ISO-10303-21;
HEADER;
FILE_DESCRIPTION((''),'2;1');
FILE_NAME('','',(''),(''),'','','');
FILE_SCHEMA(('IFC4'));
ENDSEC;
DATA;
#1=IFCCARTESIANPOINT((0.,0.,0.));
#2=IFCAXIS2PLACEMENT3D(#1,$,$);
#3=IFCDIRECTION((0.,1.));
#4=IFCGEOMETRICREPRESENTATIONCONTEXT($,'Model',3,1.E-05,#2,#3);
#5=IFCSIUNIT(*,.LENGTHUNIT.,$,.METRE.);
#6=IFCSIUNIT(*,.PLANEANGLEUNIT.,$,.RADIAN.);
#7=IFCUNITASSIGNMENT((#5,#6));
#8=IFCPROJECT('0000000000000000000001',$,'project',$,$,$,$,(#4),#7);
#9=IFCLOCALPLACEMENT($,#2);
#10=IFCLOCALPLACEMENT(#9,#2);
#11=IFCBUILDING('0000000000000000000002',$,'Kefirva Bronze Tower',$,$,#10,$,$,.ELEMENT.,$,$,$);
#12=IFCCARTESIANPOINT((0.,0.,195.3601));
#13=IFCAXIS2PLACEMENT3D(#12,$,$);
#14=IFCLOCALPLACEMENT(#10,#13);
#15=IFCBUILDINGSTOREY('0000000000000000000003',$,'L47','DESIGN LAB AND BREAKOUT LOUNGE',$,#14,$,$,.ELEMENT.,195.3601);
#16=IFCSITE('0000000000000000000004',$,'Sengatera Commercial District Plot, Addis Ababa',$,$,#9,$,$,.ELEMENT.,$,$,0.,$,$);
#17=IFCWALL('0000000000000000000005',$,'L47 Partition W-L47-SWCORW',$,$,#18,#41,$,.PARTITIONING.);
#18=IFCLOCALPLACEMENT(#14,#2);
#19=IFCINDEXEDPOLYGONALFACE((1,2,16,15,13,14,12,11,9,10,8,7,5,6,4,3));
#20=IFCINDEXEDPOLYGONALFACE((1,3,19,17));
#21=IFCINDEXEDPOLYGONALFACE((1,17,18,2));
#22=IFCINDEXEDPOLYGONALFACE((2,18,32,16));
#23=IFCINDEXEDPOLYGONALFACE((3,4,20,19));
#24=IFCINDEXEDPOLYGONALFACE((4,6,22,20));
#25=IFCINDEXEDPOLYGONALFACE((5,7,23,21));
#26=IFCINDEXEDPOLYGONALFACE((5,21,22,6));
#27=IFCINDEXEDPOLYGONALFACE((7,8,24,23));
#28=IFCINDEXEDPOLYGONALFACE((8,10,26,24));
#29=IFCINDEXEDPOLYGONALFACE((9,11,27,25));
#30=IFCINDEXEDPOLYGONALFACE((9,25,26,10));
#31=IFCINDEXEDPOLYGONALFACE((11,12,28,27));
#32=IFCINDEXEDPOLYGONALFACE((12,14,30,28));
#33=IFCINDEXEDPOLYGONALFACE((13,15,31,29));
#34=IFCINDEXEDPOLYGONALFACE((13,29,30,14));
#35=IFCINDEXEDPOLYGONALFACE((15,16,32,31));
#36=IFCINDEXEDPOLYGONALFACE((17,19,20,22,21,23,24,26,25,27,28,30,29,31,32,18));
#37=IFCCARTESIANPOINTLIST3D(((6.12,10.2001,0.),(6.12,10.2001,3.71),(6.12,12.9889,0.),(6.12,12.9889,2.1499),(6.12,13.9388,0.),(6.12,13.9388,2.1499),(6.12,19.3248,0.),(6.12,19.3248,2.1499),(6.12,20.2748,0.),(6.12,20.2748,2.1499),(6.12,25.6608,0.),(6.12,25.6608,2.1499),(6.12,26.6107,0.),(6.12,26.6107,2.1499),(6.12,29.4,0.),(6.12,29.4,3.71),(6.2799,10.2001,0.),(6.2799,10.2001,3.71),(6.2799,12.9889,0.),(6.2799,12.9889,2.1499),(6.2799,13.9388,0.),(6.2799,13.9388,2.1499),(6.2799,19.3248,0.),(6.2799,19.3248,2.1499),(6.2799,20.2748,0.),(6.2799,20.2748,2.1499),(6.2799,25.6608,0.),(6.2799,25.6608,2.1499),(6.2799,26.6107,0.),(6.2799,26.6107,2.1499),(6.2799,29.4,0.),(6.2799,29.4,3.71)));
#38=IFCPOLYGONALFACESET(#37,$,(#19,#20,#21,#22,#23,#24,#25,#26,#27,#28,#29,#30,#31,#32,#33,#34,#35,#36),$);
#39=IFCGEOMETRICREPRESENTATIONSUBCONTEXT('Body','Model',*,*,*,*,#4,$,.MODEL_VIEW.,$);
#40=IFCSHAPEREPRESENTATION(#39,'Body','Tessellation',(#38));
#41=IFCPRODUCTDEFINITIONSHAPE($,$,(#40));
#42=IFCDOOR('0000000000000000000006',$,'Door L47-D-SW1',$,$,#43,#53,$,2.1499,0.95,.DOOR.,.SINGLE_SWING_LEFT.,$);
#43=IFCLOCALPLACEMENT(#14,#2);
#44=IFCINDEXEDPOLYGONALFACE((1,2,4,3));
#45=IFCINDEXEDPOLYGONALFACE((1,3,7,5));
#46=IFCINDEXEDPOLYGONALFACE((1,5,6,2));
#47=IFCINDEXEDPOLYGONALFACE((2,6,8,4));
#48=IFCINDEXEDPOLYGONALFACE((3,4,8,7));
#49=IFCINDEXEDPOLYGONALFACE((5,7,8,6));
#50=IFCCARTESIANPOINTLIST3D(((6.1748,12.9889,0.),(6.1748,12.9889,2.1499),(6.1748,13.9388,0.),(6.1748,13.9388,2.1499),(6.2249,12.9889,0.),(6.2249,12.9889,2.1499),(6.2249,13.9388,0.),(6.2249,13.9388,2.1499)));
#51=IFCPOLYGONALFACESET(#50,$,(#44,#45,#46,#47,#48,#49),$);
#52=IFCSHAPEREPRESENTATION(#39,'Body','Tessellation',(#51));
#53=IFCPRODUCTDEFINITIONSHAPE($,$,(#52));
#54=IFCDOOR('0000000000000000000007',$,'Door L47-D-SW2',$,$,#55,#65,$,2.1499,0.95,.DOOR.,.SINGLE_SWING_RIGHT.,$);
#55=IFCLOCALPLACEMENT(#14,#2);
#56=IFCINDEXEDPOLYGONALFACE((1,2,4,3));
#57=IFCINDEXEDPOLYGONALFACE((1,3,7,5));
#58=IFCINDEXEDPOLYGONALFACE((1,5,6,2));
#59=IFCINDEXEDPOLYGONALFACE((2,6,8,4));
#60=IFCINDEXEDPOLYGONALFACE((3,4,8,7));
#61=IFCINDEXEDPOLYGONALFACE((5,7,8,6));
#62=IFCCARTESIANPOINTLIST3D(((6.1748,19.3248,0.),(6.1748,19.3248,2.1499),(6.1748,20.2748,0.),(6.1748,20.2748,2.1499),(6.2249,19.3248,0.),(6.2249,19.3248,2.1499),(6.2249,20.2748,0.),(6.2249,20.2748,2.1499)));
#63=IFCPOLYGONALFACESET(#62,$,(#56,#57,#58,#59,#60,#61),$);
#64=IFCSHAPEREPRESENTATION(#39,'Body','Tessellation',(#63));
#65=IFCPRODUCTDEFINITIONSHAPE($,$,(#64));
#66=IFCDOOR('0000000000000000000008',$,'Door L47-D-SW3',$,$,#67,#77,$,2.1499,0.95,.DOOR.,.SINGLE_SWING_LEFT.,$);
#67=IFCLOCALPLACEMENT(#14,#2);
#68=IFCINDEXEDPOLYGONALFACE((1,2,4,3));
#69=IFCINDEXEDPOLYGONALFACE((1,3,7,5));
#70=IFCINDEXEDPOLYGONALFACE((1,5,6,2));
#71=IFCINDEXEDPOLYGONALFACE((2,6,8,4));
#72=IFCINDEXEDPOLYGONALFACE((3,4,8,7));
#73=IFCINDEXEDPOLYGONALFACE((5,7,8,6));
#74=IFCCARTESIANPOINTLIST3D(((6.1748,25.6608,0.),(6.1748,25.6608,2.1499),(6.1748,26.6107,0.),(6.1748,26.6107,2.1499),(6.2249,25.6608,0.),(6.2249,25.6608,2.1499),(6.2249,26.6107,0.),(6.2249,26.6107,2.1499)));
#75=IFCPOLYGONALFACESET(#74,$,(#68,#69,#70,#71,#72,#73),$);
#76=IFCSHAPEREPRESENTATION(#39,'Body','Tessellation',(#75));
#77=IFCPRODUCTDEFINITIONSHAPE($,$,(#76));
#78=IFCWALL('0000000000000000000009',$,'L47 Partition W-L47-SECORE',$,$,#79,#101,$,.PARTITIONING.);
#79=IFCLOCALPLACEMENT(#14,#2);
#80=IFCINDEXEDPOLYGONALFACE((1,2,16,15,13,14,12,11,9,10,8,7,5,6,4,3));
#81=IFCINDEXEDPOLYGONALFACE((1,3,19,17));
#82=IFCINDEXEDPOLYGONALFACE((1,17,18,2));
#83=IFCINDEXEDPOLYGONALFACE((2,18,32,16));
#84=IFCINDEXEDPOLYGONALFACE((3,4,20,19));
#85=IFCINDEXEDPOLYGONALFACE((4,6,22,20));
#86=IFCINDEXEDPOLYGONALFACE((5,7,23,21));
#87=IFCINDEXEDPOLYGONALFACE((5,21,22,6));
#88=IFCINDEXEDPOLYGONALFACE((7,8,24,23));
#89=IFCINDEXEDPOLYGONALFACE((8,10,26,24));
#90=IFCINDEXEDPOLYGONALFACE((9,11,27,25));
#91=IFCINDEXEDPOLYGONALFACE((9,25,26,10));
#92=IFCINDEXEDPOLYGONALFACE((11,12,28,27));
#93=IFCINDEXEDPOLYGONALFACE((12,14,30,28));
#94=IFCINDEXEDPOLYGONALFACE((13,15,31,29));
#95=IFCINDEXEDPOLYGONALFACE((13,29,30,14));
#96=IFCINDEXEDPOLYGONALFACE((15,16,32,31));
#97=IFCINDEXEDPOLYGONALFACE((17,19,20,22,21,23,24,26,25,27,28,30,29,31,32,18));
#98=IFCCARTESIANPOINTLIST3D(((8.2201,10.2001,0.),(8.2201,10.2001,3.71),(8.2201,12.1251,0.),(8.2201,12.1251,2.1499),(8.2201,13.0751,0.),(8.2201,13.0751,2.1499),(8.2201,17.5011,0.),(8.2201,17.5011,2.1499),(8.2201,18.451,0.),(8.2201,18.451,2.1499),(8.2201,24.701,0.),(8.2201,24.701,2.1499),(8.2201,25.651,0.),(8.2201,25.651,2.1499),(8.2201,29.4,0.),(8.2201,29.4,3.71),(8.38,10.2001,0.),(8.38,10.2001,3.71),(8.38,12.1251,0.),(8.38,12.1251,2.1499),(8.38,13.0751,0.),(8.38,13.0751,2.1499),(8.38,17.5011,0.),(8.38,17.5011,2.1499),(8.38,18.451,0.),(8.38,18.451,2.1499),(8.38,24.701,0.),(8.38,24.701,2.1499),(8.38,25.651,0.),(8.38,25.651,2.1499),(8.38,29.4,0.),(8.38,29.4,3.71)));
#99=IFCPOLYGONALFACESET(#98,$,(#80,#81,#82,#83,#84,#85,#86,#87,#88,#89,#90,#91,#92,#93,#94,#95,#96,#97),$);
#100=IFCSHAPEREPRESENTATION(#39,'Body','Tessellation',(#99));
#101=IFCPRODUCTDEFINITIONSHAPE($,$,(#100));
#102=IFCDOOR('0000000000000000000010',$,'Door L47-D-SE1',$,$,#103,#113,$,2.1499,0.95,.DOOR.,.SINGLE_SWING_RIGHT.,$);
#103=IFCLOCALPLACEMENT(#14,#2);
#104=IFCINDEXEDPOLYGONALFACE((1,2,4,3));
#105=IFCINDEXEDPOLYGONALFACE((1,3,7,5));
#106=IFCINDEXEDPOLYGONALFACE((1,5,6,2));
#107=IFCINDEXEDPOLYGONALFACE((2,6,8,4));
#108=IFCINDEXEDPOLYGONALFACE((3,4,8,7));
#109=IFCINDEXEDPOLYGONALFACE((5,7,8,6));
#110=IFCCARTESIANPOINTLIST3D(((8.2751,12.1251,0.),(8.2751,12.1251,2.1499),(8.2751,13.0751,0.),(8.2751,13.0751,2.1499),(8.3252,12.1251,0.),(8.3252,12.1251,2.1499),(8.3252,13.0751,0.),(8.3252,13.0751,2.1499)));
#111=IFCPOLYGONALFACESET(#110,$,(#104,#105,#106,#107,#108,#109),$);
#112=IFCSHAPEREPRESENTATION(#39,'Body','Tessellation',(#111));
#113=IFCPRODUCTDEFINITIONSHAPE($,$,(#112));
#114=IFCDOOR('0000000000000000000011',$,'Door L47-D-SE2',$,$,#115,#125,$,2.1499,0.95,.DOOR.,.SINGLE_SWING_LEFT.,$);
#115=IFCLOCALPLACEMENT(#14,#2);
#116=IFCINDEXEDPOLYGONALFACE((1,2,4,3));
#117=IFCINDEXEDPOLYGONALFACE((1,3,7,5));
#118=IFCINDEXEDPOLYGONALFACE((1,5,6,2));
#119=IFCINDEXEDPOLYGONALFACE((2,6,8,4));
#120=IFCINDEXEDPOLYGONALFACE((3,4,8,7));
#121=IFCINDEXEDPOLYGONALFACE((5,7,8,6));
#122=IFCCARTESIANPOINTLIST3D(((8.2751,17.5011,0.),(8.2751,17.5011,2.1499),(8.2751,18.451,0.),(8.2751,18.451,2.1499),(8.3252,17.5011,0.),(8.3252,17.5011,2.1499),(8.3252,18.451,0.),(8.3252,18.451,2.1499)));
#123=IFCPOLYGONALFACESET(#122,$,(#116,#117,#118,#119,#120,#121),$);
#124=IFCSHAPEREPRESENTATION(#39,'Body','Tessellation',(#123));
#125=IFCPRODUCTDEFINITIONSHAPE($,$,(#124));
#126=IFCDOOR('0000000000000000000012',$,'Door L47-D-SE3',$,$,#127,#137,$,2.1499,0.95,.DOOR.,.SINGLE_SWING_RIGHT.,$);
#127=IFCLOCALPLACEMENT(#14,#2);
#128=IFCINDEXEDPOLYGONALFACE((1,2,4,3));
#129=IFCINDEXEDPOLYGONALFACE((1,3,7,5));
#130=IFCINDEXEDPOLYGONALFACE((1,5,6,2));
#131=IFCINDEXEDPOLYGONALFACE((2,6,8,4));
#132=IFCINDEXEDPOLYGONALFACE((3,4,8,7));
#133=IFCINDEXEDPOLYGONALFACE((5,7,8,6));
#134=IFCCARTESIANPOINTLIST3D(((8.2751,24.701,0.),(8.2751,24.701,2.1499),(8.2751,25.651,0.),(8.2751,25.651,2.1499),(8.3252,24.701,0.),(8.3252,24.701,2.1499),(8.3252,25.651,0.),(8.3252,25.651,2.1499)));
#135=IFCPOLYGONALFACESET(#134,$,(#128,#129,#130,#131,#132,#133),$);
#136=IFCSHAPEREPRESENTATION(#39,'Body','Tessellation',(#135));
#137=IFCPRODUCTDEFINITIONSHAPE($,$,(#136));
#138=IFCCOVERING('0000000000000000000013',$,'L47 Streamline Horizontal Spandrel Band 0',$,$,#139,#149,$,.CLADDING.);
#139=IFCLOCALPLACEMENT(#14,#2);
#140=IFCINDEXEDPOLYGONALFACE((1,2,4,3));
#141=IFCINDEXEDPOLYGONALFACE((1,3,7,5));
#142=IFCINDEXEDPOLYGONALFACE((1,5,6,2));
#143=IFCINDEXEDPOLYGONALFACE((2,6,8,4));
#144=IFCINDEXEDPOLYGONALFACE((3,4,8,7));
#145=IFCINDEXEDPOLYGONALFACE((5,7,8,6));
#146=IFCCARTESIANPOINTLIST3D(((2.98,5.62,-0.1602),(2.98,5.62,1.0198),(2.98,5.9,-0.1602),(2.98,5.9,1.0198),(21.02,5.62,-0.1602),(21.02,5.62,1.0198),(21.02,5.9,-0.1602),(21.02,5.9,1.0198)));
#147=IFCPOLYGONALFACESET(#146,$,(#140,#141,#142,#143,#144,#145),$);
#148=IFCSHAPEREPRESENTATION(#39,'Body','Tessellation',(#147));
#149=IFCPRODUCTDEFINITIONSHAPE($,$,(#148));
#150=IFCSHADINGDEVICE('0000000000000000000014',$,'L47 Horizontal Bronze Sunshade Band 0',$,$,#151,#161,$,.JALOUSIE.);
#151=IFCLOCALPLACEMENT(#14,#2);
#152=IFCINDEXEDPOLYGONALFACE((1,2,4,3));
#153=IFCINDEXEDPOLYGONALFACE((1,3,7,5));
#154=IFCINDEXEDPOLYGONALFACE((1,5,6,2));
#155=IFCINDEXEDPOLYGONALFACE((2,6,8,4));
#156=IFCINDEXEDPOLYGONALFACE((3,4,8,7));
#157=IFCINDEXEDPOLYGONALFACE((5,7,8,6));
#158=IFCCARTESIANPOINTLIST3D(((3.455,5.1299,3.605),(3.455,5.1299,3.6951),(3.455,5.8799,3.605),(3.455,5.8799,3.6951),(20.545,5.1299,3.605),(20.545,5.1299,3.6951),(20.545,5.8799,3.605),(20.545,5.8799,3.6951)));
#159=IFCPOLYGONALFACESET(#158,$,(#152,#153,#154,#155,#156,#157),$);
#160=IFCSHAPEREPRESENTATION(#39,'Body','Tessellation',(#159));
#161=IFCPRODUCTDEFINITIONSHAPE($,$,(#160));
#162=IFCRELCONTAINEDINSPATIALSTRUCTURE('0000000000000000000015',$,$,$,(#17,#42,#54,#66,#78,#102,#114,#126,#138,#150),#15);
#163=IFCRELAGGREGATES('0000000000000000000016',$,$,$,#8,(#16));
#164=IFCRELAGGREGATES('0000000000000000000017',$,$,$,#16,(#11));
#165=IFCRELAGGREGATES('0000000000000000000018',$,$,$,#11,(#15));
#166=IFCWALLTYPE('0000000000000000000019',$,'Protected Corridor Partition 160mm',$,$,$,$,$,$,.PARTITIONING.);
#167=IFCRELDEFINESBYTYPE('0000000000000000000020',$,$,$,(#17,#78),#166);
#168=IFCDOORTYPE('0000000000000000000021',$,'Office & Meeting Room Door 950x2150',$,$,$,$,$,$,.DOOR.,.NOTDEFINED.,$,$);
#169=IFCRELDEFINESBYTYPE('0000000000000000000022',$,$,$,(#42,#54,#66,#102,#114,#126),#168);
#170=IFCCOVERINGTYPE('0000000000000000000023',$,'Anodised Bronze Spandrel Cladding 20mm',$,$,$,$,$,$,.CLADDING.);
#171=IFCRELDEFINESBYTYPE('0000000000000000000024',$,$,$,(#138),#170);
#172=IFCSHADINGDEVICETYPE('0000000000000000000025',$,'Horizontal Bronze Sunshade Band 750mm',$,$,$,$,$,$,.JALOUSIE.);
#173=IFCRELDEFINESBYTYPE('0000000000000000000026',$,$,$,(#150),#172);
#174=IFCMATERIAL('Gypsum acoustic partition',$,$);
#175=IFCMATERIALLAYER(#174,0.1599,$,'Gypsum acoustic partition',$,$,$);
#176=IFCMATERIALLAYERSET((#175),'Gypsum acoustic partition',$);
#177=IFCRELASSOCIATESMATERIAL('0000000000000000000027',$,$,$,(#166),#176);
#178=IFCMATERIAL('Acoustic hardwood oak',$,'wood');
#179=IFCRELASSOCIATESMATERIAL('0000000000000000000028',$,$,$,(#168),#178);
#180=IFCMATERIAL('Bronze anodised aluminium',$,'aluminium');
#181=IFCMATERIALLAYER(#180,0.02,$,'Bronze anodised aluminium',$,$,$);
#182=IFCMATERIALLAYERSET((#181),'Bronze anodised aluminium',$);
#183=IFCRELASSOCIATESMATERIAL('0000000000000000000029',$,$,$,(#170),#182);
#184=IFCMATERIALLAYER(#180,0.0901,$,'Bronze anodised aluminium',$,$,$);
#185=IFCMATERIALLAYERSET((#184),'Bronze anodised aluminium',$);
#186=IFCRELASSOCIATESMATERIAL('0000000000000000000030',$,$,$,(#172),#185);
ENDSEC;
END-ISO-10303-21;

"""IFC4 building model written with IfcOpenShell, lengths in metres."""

from ifc_helpers import new_model, si_unit, direction, frame, frame_2d, origin, origin_2d, place, context, subcontext, project, spatial, rectangle, extrude, material, layer, layer_set, type_object, element, fill, save


model = new_model("IFC4")

# Units and contexts
model_context = context("Model", 3, precision=1e-05, world=origin(), true_north=direction((0.0, 1.0)))
body_context = subcontext(model_context, "Body", "Model", "MODEL_VIEW")
ifc_project = project(units=[si_unit("LENGTHUNIT", "METRE"), si_unit("PLANEANGLEUNIT", "RADIAN")], contexts=[model_context])

# Site, building, storey
site_placement = place(None, origin())
site = spatial("IfcSite", under=ifc_project, at=site_placement, Name="Sengatera Commercial District Plot, Addis Ababa", CompositionType="ELEMENT", RefElevation=0.0)
building_placement = place(site_placement, origin())
building = spatial("IfcBuilding", under=site, at=building_placement, Name="Kefirva Bronze Tower", CompositionType="ELEMENT")
storey_placement = place(building_placement, frame((0.0, 0.0, 195.3601)))
storey = spatial("IfcBuildingStorey", under=building, at=storey_placement, Name="L47", Description="DESIGN LAB AND BREAKOUT LOUNGE", CompositionType="ELEMENT", Elevation=195.3601)

# Shared definitions
ifc_material_1 = material(Name="Bronze anodised aluminium", Category="aluminium")

# Shared definitions
ifc_material_2 = material(Name="Gypsum acoustic partition")

# Walls, openings, doors
ifc_layer_1 = layer(ifc_material_2, 0.1599, Name="Gypsum acoustic partition")
ifc_layer_set_1 = layer_set([ifc_layer_1], Name="Gypsum acoustic partition")
wall_type_1 = type_object("IfcWallType", Name="Protected Corridor Partition 160mm", PredefinedType="PARTITIONING", material=ifc_layer_set_1)
wall_1_placement = place(storey_placement, frame((6.2, 10.2, 0.0), z_axis=(0.0, 0.0, 1.0), x_axis=(0.0, 1.0, 0.0)))
wall_1 = element("IfcWall", 1, at=wall_1_placement, inside=storey, type_object=wall_type_1, Name="L47 Partition W-L47-SWCORW", PredefinedType="PARTITIONING", context=body_context, shape_type="SweptSolid", body=[
    extrude(rectangle(XDim=19.2, YDim=0.1599, at=frame_2d((9.6001, 0.0))), origin(), (0.0, 0.0, 1.0), 3.71),
])
opening_1_placement = place(wall_1_placement, frame((3.739, 0.0, 0.0), z_axis=(0.0, 0.0, 1.0), x_axis=(-1.0, 0.0, 0.0)))
opening_1 = element("IfcOpeningElement", 2, at=opening_1_placement, cuts=wall_1, PredefinedType="OPENING", context=body_context, shape_type="SweptSolid", body=[
    extrude(rectangle(XDim=0.95, YDim=2.1499, at=frame_2d((0.4751, 1.075))), frame((0.0, 0.0898, 0.0), z_axis=(0.0, -1.0, 0.0), x_axis=(1.0, 0.0, 0.0)), (0.0, 0.0, 1.0), 0.1799),
])
opening_2_placement = place(wall_1_placement, frame((10.075, 0.0, 0.0), z_axis=(0.0, 0.0, 1.0), x_axis=(-1.0, 0.0, 0.0)))
opening_2 = element("IfcOpeningElement", 3, at=opening_2_placement, cuts=wall_1, PredefinedType="OPENING", context=body_context, shape_type="SweptSolid", body=[
    extrude(rectangle(XDim=0.95, YDim=2.1499, at=frame_2d((0.4751, 1.075))), frame((0.0, 0.0898, 0.0), z_axis=(0.0, -1.0, 0.0), x_axis=(1.0, 0.0, 0.0)), (0.0, 0.0, 1.0), 0.1799),
])
opening_3_placement = place(wall_1_placement, frame((16.4109, 0.0, 0.0), z_axis=(0.0, 0.0, 1.0), x_axis=(-1.0, 0.0, 0.0)))
opening_3 = element("IfcOpeningElement", 4, at=opening_3_placement, cuts=wall_1, PredefinedType="OPENING", context=body_context, shape_type="SweptSolid", body=[
    extrude(rectangle(XDim=0.95, YDim=2.1499, at=frame_2d((0.4751, 1.075))), frame((0.0, 0.0898, 0.0), z_axis=(0.0, -1.0, 0.0), x_axis=(1.0, 0.0, 0.0)), (0.0, 0.0, 1.0), 0.1799),
])
ifc_material_3 = material(Name="Acoustic hardwood oak", Category="wood")
door_type = type_object("IfcDoorType", Name="Office & Meeting Room Door 950x2150", OperationType="NOTDEFINED", PredefinedType="DOOR", material=ifc_material_3)
door_1_placement = place(opening_1_placement, origin())
door_1 = element("IfcDoor", 5, at=door_1_placement, inside=storey, type_object=door_type, Name="Door L47-D-SW1", OperationType="SINGLE_SWING_LEFT", OverallHeight=2.1499, OverallWidth=0.95, PredefinedType="DOOR", context=body_context, shape_type="SweptSolid", body=[
    extrude(rectangle(XDim=0.95, YDim=2.1499, at=frame_2d((0.4751, 1.075))), frame((0.0, 0.0249, 0.0), z_axis=(0.0, -1.0, 0.0), x_axis=(1.0, 0.0, 0.0)), (0.0, 0.0, 1.0), 0.05),
])
fill(opening_1, door_1)
door_2_placement = place(opening_2_placement, origin())
door_2 = element("IfcDoor", 6, at=door_2_placement, inside=storey, type_object=door_type, Name="Door L47-D-SW2", OperationType="SINGLE_SWING_RIGHT", OverallHeight=2.1499, OverallWidth=0.95, PredefinedType="DOOR", context=body_context, shape_type="SweptSolid", body=[
    extrude(rectangle(XDim=0.95, YDim=2.1499, at=frame_2d((0.4751, 1.075))), frame((0.0, 0.0249, 0.0), z_axis=(0.0, -1.0, 0.0), x_axis=(1.0, 0.0, 0.0)), (0.0, 0.0, 1.0), 0.05),
])
fill(opening_2, door_2)
door_3_placement = place(opening_3_placement, origin())
door_3 = element("IfcDoor", 7, at=door_3_placement, inside=storey, type_object=door_type, Name="Door L47-D-SW3", OperationType="SINGLE_SWING_LEFT", OverallHeight=2.1499, OverallWidth=0.95, PredefinedType="DOOR", context=body_context, shape_type="SweptSolid", body=[
    extrude(rectangle(XDim=0.95, YDim=2.1499, at=frame_2d((0.4751, 1.075))), frame((0.0, 0.0249, 0.0), z_axis=(0.0, -1.0, 0.0), x_axis=(1.0, 0.0, 0.0)), (0.0, 0.0, 1.0), 0.05),
])
fill(opening_3, door_3)
wall_2_placement = place(storey_placement, frame((8.3, 10.2, 0.0), z_axis=(0.0, 0.0, 1.0), x_axis=(0.0, 1.0, 0.0)))
wall_2 = element("IfcWall", 8, at=wall_2_placement, inside=storey, type_object=wall_type_1, Name="L47 Partition W-L47-SECORE", PredefinedType="PARTITIONING", context=body_context, shape_type="SweptSolid", body=[
    extrude(rectangle(XDim=19.2, YDim=0.1599, at=frame_2d((9.6001, 0.0))), origin(), (0.0, 0.0, 1.0), 3.71),
])
opening_4_placement = place(wall_2_placement, frame((1.925, 0.0, 0.0)))
opening_4 = element("IfcOpeningElement", 9, at=opening_4_placement, cuts=wall_2, PredefinedType="OPENING", context=body_context, shape_type="SweptSolid", body=[
    extrude(rectangle(XDim=0.95, YDim=2.1499, at=frame_2d((0.4751, 1.075))), frame((0.0, 0.0898, 0.0), z_axis=(0.0, -1.0, 0.0), x_axis=(1.0, 0.0, 0.0)), (0.0, 0.0, 1.0), 0.1799),
])
opening_5_placement = place(wall_2_placement, frame((7.301, 0.0, 0.0)))
opening_5 = element("IfcOpeningElement", 10, at=opening_5_placement, cuts=wall_2, PredefinedType="OPENING", context=body_context, shape_type="SweptSolid", body=[
    extrude(rectangle(XDim=0.95, YDim=2.1499, at=frame_2d((0.4751, 1.075))), frame((0.0, 0.0898, 0.0), z_axis=(0.0, -1.0, 0.0), x_axis=(1.0, 0.0, 0.0)), (0.0, 0.0, 1.0), 0.1799),
])
opening_6_placement = place(wall_2_placement, frame((14.501, 0.0, 0.0)))
opening_6 = element("IfcOpeningElement", 11, at=opening_6_placement, cuts=wall_2, PredefinedType="OPENING", context=body_context, shape_type="SweptSolid", body=[
    extrude(rectangle(XDim=0.95, YDim=2.1499, at=frame_2d((0.4751, 1.075))), frame((0.0, 0.0898, 0.0), z_axis=(0.0, -1.0, 0.0), x_axis=(1.0, 0.0, 0.0)), (0.0, 0.0, 1.0), 0.1799),
])
door_4_placement = place(opening_4_placement, origin())
door_4 = element("IfcDoor", 12, at=door_4_placement, inside=storey, type_object=door_type, Name="Door L47-D-SE1", OperationType="SINGLE_SWING_RIGHT", OverallHeight=2.1499, OverallWidth=0.95, PredefinedType="DOOR", context=body_context, shape_type="SweptSolid", body=[
    extrude(rectangle(XDim=0.95, YDim=2.1499, at=frame_2d((0.4751, 1.075))), frame((0.0, 0.0249, 0.0), z_axis=(0.0, -1.0, 0.0), x_axis=(1.0, 0.0, 0.0)), (0.0, 0.0, 1.0), 0.05),
])
fill(opening_4, door_4)
door_5_placement = place(opening_5_placement, origin())
door_5 = element("IfcDoor", 13, at=door_5_placement, inside=storey, type_object=door_type, Name="Door L47-D-SE2", OperationType="SINGLE_SWING_LEFT", OverallHeight=2.1499, OverallWidth=0.95, PredefinedType="DOOR", context=body_context, shape_type="SweptSolid", body=[
    extrude(rectangle(XDim=0.95, YDim=2.1499, at=frame_2d((0.4751, 1.075))), frame((0.0, 0.0249, 0.0), z_axis=(0.0, -1.0, 0.0), x_axis=(1.0, 0.0, 0.0)), (0.0, 0.0, 1.0), 0.05),
])
fill(opening_5, door_5)
door_6_placement = place(opening_6_placement, origin())
door_6 = element("IfcDoor", 14, at=door_6_placement, inside=storey, type_object=door_type, Name="Door L47-D-SE3", OperationType="SINGLE_SWING_RIGHT", OverallHeight=2.1499, OverallWidth=0.95, PredefinedType="DOOR", context=body_context, shape_type="SweptSolid", body=[
    extrude(rectangle(XDim=0.95, YDim=2.1499, at=frame_2d((0.4751, 1.075))), frame((0.0, 0.0249, 0.0), z_axis=(0.0, -1.0, 0.0), x_axis=(1.0, 0.0, 0.0)), (0.0, 0.0, 1.0), 0.05),
])
fill(opening_6, door_6)

# Covering
ifc_layer_2 = layer(ifc_material_1, 0.02, Name="Bronze anodised aluminium")
ifc_layer_set_2 = layer_set([ifc_layer_2], Name="Bronze anodised aluminium")
covering_type_1 = type_object("IfcCoveringType", Name="Anodised Bronze Spandrel Cladding 20mm", PredefinedType="CLADDING", material=ifc_layer_set_2)
covering_1_placement = place(storey_placement, frame((12.0, 5.76, -0.1602), z_axis=(0.0, 0.0, 1.0), x_axis=(1.0, 0.0, 0.0)))
element("IfcCovering", 15, at=covering_1_placement, inside=storey, type_object=covering_type_1, Name="L47 Streamline Horizontal Spandrel Band 0", PredefinedType="CLADDING", context=body_context, shape_type="SweptSolid", body=[
    extrude(rectangle(XDim=18.04, YDim=0.28, at=origin_2d()), origin(), (0.0, 0.0, 1.0), 1.1799),
])

# Shading device
ifc_layer_3 = layer(ifc_material_1, 0.0901, Name="Bronze anodised aluminium")
ifc_layer_set_3 = layer_set([ifc_layer_3], Name="Bronze anodised aluminium")
shading_device_type = type_object("IfcShadingDeviceType", Name="Horizontal Bronze Sunshade Band 750mm", PredefinedType="JALOUSIE", material=ifc_layer_set_3)
shading_device_placement = place(storey_placement, frame((12.0, 5.5049, 3.605), z_axis=(0.0, 0.0, 1.0), x_axis=(1.0, 0.0, 0.0)))
element("IfcShadingDevice", 16, at=shading_device_placement, inside=storey, type_object=shading_device_type, Name="L47 Horizontal Bronze Sunshade Band 0", PredefinedType="JALOUSIE", context=body_context, shape_type="SweptSolid", body=[
    extrude(rectangle(XDim=17.0901, YDim=0.75, at=origin_2d()), origin(), (0.0, 0.0, 1.0), 0.0901),
])

save(model, "model.ifc")
